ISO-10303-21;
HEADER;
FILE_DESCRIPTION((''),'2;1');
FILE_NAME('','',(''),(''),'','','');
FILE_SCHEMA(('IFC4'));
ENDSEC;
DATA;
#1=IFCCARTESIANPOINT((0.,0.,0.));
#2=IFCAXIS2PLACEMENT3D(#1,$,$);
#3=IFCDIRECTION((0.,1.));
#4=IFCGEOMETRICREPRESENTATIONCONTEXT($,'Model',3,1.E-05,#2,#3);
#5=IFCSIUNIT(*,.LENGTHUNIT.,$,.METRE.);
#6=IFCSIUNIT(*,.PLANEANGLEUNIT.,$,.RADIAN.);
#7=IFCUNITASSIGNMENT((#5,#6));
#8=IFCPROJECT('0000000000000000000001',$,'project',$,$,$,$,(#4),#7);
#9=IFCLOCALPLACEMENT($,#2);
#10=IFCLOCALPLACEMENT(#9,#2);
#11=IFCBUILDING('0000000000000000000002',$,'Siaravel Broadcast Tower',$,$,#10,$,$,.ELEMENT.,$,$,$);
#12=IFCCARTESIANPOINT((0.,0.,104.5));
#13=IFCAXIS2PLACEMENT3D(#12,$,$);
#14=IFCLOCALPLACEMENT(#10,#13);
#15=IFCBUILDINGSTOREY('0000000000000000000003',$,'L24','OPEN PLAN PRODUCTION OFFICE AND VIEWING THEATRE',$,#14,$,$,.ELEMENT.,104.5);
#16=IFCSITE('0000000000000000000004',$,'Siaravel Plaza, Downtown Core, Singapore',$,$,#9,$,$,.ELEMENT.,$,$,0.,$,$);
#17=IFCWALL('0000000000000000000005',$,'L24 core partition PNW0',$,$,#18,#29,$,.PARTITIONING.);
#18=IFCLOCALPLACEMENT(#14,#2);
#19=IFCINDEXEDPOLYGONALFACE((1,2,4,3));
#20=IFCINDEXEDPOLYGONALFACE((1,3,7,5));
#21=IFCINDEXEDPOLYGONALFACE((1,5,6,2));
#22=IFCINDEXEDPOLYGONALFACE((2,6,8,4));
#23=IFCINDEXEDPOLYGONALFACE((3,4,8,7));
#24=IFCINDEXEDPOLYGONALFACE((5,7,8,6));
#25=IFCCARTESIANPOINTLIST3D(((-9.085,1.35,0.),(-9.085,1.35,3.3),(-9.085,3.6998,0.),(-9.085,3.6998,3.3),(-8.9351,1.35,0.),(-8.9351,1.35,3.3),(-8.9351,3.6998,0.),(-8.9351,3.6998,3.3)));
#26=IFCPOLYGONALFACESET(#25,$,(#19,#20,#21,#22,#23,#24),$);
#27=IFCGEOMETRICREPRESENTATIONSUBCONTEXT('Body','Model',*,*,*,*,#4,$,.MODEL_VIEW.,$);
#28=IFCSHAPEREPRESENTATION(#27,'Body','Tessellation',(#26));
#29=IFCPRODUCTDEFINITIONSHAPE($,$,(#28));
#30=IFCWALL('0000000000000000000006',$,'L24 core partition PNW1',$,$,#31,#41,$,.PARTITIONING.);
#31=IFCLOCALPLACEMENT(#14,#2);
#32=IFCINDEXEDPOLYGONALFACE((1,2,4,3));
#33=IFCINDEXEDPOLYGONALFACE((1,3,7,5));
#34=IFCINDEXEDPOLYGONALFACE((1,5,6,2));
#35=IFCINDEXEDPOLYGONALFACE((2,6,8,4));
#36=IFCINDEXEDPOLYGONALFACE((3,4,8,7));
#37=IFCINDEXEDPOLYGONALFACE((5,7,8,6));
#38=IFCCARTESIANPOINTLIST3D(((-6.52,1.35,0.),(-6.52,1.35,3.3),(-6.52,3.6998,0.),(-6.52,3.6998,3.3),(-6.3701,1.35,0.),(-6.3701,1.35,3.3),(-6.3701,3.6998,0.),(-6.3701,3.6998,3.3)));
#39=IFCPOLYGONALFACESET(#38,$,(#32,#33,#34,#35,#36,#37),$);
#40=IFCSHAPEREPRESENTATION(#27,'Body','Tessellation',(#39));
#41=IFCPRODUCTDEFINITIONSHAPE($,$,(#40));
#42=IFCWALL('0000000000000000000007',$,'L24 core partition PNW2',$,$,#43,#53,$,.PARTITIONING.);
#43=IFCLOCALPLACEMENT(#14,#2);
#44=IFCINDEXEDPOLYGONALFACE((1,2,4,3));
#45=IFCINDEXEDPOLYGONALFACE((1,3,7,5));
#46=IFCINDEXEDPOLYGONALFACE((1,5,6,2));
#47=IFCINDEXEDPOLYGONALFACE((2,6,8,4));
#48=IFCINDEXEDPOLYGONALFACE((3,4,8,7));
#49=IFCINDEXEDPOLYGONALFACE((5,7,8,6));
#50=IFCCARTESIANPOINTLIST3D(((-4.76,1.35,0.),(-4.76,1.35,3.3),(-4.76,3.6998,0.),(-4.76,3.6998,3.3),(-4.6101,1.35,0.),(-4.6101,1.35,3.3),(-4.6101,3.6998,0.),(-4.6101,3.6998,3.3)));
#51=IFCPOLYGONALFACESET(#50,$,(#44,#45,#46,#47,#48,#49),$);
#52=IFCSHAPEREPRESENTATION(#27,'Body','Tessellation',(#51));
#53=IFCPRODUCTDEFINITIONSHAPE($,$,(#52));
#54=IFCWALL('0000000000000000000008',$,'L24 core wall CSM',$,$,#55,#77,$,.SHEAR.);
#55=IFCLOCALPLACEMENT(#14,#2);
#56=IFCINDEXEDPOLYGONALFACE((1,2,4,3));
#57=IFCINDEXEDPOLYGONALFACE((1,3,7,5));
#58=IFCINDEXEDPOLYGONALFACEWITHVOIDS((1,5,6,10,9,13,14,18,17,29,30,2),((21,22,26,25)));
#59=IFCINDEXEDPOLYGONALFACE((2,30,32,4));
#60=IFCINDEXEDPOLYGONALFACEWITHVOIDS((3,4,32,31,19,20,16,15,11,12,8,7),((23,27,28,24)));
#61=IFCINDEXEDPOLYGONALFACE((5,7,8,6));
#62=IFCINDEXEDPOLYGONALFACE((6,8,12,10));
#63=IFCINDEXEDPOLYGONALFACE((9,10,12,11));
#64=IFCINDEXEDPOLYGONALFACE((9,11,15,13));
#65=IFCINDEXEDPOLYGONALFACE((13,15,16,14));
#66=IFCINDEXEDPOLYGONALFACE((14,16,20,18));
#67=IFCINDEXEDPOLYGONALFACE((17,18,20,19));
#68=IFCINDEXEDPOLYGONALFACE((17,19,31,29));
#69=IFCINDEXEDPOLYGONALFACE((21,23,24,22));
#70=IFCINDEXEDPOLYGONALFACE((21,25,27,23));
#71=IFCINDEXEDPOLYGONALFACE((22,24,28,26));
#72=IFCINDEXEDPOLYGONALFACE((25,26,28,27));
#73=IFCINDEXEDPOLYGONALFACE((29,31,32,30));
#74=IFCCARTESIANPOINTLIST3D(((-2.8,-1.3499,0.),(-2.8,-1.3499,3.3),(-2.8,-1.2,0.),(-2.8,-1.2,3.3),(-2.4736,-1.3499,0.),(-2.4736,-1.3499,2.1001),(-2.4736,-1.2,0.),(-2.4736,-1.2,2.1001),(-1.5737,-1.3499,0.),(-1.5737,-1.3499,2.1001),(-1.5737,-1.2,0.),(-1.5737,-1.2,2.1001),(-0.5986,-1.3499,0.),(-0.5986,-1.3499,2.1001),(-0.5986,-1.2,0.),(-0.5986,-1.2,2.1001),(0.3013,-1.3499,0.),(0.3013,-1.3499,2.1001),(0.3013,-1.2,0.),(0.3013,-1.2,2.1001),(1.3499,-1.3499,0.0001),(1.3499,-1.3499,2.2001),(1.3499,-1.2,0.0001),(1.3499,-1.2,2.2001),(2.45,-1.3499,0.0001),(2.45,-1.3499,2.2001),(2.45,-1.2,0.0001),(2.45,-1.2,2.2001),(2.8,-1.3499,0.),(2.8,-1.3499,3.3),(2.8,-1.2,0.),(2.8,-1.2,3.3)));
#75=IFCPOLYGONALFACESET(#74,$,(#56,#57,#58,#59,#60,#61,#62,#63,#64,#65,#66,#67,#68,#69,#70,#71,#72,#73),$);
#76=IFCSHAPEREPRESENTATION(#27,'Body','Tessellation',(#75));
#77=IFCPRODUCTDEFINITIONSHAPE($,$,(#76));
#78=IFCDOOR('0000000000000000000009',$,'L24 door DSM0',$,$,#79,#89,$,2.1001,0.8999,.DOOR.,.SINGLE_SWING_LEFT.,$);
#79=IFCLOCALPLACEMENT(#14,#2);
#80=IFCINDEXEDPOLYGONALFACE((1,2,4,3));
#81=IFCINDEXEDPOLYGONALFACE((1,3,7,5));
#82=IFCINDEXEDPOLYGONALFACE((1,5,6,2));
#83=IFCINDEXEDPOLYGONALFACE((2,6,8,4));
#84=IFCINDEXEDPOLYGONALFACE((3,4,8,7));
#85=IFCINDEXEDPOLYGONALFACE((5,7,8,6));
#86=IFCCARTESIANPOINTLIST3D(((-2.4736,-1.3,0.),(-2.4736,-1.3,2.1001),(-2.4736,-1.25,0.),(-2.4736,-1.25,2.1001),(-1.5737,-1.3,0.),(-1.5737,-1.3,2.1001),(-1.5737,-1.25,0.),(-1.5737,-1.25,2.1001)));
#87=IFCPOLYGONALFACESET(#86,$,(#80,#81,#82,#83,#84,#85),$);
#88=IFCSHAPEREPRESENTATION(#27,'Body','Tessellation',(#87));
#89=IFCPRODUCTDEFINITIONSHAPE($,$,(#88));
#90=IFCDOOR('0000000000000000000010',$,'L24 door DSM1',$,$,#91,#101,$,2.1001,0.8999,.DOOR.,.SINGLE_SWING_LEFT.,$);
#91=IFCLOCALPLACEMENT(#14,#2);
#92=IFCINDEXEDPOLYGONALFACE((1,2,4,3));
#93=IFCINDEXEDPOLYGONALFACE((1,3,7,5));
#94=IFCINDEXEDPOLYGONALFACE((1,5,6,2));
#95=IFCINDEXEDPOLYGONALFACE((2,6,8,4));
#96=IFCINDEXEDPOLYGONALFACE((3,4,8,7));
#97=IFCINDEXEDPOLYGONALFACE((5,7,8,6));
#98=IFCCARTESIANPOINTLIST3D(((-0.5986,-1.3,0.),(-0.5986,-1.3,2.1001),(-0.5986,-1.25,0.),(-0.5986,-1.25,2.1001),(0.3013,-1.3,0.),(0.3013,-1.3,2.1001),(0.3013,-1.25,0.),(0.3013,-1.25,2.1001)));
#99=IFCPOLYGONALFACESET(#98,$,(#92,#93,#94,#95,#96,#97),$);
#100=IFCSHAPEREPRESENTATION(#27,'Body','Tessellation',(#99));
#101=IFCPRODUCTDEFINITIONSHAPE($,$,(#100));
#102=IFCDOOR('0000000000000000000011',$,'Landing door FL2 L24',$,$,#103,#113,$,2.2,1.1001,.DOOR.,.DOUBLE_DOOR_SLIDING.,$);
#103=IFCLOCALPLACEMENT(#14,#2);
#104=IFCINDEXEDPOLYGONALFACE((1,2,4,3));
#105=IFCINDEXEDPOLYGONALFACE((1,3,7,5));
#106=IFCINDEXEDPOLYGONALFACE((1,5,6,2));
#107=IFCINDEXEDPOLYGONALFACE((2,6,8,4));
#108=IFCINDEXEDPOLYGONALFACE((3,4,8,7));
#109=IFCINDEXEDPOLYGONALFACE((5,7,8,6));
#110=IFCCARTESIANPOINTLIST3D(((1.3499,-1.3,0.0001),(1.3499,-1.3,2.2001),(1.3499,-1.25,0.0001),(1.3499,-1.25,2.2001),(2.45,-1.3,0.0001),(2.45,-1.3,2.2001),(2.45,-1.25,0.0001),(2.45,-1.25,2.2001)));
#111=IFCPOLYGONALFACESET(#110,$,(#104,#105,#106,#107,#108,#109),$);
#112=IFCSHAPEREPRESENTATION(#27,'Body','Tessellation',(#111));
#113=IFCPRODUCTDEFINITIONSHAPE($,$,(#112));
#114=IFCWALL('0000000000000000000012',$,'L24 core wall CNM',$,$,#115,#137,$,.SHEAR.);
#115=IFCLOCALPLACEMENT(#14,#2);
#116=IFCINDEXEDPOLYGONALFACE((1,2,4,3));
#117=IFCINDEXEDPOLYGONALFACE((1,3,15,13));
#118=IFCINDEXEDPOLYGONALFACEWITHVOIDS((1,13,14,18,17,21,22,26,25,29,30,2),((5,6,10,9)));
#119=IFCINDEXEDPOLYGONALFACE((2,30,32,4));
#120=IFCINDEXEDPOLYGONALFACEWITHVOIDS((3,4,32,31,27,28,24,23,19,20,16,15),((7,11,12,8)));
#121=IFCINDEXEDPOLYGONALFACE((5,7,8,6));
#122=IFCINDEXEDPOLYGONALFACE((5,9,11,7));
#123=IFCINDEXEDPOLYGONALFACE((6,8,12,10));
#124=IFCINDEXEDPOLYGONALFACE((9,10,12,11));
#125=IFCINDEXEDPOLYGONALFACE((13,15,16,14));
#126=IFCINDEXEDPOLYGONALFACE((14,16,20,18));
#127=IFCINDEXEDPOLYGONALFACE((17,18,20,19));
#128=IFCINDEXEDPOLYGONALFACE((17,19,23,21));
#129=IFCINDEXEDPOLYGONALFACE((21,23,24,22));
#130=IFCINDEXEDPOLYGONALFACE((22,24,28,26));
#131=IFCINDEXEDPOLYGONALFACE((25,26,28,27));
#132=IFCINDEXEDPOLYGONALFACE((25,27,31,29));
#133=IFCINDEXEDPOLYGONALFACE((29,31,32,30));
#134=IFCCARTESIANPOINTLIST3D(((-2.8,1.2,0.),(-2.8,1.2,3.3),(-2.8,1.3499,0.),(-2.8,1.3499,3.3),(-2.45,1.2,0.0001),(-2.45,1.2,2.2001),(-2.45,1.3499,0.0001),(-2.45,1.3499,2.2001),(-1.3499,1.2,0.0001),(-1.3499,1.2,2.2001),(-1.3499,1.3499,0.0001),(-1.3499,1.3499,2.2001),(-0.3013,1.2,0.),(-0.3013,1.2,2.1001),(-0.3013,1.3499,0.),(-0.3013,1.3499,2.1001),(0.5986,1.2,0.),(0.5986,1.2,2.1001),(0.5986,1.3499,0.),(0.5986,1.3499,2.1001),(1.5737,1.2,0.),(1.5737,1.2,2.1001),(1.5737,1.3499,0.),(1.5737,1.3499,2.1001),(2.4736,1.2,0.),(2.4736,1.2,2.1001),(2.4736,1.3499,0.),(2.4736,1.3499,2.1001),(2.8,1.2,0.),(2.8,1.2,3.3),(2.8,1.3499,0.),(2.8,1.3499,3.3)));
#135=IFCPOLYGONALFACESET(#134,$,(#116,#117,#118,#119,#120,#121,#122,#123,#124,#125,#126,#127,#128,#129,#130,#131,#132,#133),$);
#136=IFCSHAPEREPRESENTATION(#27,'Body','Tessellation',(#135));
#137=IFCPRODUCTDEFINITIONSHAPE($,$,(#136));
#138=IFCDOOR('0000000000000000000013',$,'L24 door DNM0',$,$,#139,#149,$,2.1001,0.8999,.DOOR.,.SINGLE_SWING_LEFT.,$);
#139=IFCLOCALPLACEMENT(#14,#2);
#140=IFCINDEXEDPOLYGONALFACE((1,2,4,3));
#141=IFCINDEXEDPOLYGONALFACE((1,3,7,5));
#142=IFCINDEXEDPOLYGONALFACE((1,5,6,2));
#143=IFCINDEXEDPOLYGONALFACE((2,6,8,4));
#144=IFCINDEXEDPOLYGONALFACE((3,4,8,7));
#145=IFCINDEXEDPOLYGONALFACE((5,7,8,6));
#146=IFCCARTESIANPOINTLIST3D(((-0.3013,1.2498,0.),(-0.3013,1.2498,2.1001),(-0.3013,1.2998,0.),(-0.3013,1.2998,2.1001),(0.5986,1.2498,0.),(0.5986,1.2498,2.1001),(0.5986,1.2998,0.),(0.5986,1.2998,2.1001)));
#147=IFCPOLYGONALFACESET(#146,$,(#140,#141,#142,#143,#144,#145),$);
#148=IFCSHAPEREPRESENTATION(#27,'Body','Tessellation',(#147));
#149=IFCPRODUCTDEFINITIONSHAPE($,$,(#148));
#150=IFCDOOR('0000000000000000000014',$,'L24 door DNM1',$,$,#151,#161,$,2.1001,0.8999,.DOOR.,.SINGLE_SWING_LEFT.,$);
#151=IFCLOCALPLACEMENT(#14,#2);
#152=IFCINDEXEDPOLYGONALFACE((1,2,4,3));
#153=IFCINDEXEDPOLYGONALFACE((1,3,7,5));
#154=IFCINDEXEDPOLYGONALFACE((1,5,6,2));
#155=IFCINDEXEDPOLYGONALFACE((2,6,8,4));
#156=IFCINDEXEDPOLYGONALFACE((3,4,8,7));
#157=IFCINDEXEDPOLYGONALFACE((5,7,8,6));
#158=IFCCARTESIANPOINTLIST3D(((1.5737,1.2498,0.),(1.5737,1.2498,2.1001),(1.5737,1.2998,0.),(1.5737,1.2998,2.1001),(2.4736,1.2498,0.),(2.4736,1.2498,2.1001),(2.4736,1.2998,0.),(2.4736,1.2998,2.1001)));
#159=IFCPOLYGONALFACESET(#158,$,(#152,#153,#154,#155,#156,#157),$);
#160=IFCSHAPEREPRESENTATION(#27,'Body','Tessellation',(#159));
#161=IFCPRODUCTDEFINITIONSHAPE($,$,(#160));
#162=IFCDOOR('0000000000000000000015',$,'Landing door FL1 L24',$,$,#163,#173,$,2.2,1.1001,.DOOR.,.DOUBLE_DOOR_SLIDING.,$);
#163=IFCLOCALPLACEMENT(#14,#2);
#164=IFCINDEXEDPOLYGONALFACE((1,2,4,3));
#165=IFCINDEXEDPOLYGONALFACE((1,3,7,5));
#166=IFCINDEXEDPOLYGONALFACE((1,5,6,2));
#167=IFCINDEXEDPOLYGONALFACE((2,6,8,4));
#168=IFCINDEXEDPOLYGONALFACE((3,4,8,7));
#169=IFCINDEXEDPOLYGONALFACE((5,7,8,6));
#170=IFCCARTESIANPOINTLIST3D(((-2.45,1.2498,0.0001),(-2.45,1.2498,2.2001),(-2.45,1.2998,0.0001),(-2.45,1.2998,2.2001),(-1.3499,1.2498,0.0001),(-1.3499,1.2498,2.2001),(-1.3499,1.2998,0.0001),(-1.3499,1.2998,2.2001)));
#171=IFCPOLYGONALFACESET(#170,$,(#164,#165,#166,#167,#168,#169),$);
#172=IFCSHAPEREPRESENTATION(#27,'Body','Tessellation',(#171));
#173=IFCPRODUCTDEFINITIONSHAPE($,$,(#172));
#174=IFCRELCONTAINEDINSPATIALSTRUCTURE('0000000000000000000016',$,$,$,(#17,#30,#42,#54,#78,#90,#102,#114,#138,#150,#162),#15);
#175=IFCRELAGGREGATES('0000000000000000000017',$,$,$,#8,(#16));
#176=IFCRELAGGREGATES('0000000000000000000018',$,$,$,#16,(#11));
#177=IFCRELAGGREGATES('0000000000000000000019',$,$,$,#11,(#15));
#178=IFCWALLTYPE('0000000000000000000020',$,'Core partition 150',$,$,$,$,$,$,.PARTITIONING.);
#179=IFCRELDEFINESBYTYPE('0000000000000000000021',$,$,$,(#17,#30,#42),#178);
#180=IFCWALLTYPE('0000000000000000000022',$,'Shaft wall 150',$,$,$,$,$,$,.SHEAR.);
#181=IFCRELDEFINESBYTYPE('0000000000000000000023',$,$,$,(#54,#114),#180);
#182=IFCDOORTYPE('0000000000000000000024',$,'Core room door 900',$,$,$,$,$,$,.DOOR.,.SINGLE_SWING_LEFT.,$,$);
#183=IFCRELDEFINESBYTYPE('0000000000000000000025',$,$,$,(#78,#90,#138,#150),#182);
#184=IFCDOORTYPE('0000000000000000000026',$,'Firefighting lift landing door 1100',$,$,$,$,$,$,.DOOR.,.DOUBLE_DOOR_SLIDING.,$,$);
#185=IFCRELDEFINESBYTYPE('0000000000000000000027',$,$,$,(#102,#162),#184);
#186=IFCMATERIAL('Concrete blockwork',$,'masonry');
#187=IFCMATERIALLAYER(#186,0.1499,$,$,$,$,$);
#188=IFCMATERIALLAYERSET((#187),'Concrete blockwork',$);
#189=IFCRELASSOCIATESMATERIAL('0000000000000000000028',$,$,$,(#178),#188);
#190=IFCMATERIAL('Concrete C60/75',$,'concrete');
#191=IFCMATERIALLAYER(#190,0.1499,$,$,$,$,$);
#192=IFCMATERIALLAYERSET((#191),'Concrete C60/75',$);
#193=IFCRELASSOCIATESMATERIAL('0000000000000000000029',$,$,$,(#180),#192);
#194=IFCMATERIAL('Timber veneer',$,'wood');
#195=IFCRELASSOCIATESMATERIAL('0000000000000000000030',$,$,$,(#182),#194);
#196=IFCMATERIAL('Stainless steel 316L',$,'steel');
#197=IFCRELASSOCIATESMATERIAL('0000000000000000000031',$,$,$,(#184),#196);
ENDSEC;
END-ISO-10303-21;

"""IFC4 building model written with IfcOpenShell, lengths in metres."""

from ifc_helpers import new_model, si_unit, direction, frame, frame_2d, origin, place, context, subcontext, project, spatial, rectangle, extrude, material, layer, layer_set, type_object, element, fill, save


model = new_model("IFC4")

# Units and contexts
model_context = context("Model", 3, precision=1e-05, world=origin(), true_north=direction((0.0, 1.0)))
body_context = subcontext(model_context, "Body", "Model", "MODEL_VIEW")
ifc_project = project(units=[si_unit("LENGTHUNIT", "METRE"), si_unit("PLANEANGLEUNIT", "RADIAN")], contexts=[model_context])

# Site, building, storey
site_placement = place(None, origin())
site = spatial("IfcSite", under=ifc_project, at=site_placement, Name="Siaravel Plaza, Downtown Core, Singapore", CompositionType="ELEMENT", RefElevation=0.0)
building_placement = place(site_placement, origin())
building = spatial("IfcBuilding", under=site, at=building_placement, Name="Siaravel Broadcast Tower", CompositionType="ELEMENT")
storey_placement = place(building_placement, frame((0.0, 0.0, 104.5)))
storey = spatial("IfcBuildingStorey", under=building, at=storey_placement, Name="L24", Description="OPEN PLAN PRODUCTION OFFICE AND VIEWING THEATRE", CompositionType="ELEMENT", Elevation=104.5)

# Walls
ifc_material_1 = material(Name="Concrete blockwork", Category="masonry")
ifc_layer_1 = layer(ifc_material_1, 0.1499)
ifc_layer_set_1 = layer_set([ifc_layer_1], Name="Concrete blockwork")
wall_type_1 = type_object("IfcWallType", Name="Core partition 150", PredefinedType="PARTITIONING", material=ifc_layer_set_1)
for number, where, z_axis, x_axis, name in (
    (1, (-9.01, 1.3501, 0.0), (0.0, 0.0, 1.0), (0.0, 1.0, 0.0), "L24 core partition PNW0"),
    (2, (-6.4451, 1.3501, 0.0), (0.0, 0.0, 1.0), (0.0, 1.0, 0.0), "L24 core partition PNW1"),
    (3, (-4.6851, 1.3501, 0.0), (0.0, 0.0, 1.0), (0.0, 1.0, 0.0), "L24 core partition PNW2"),
):
    element("IfcWall", number, at=place(storey_placement, frame(where, z_axis=z_axis, x_axis=x_axis)), inside=storey, type_object=wall_type_1, Name=name, PredefinedType="PARTITIONING", context=body_context, shape_type="SweptSolid", body=[
        extrude(rectangle(XDim=2.3499, YDim=0.1499, at=frame_2d((1.1748, 0.0))), origin(), (0.0, 0.0, 1.0), 3.3),
    ])

# Walls, openings, doors
ifc_material_2 = material(Name="Concrete C60/75", Category="concrete")
ifc_layer_2 = layer(ifc_material_2, 0.1499)
ifc_layer_set_2 = layer_set([ifc_layer_2], Name="Concrete C60/75")
wall_type_2 = type_object("IfcWallType", Name="Shaft wall 150", PredefinedType="SHEAR", material=ifc_layer_set_2)
wall_1_placement = place(storey_placement, frame((-2.8, -1.2749, 0.0), z_axis=(0.0, 0.0, 1.0), x_axis=(1.0, 0.0, 0.0)))
wall_1 = element("IfcWall", 4, at=wall_1_placement, inside=storey, type_object=wall_type_2, Name="L24 core wall CSM", PredefinedType="SHEAR", context=body_context, shape_type="SweptSolid", body=[
    extrude(rectangle(XDim=5.6001, YDim=0.1499, at=frame_2d((2.8, 0.0))), origin(), (0.0, 0.0, 1.0), 3.3),
])
opening_1_placement = place(wall_1_placement, frame((4.1499, 0.0, 0.0)))
opening_1 = element("IfcOpeningElement", 5, at=opening_1_placement, cuts=wall_1, PredefinedType="OPENING", context=body_context, shape_type="SweptSolid", body=[
    extrude(rectangle(XDim=1.1001, YDim=2.2, at=frame_2d((0.55, 1.1001))), frame((0.0, 0.085, 0.0), z_axis=(0.0, -1.0, 0.0), x_axis=(1.0, 0.0, 0.0)), (0.0, 0.0, 1.0), 0.1699),
])
opening_2_placement = place(wall_1_placement, frame((0.3264, 0.0, 0.0)))
opening_2 = element("IfcOpeningElement", 6, at=opening_2_placement, cuts=wall_1, PredefinedType="OPENING", context=body_context, shape_type="SweptSolid", body=[
    extrude(rectangle(XDim=0.8999, YDim=2.1001, at=frame_2d((0.45, 1.05))), frame((0.0, 0.085, 0.0), z_axis=(0.0, -1.0, 0.0), x_axis=(1.0, 0.0, 0.0)), (0.0, 0.0, 1.0), 0.1699),
])
opening_3_placement = place(wall_1_placement, frame((2.2014, 0.0, 0.0)))
opening_3 = element("IfcOpeningElement", 7, at=opening_3_placement, cuts=wall_1, PredefinedType="OPENING", context=body_context, shape_type="SweptSolid", body=[
    extrude(rectangle(XDim=0.8999, YDim=2.1001, at=frame_2d((0.45, 1.05))), frame((0.0, 0.085, 0.0), z_axis=(0.0, -1.0, 0.0), x_axis=(1.0, 0.0, 0.0)), (0.0, 0.0, 1.0), 0.1699),
])
ifc_material_3 = material(Name="Timber veneer", Category="wood")
door_type_1 = type_object("IfcDoorType", Name="Core room door 900", OperationType="SINGLE_SWING_LEFT", PredefinedType="DOOR", material=ifc_material_3)
door_1_placement = place(opening_2_placement, origin())
door_1 = element("IfcDoor", 8, at=door_1_placement, inside=storey, type_object=door_type_1, Name="L24 door DSM0", OperationType="SINGLE_SWING_LEFT", OverallHeight=2.1001, OverallWidth=0.8999, PredefinedType="DOOR", context=body_context, shape_type="SweptSolid", body=[
    extrude(rectangle(XDim=0.8999, YDim=2.1001, at=frame_2d((0.45, 1.05))), frame((0.0, 0.0249, 0.0), z_axis=(0.0, -1.0, 0.0), x_axis=(1.0, 0.0, 0.0)), (0.0, 0.0, 1.0), 0.05),
])
fill(opening_2, door_1)
door_2_placement = place(opening_3_placement, origin())
door_2 = element("IfcDoor", 9, at=door_2_placement, inside=storey, type_object=door_type_1, Name="L24 door DSM1", OperationType="SINGLE_SWING_LEFT", OverallHeight=2.1001, OverallWidth=0.8999, PredefinedType="DOOR", context=body_context, shape_type="SweptSolid", body=[
    extrude(rectangle(XDim=0.8999, YDim=2.1001, at=frame_2d((0.45, 1.05))), frame((0.0, 0.0249, 0.0), z_axis=(0.0, -1.0, 0.0), x_axis=(1.0, 0.0, 0.0)), (0.0, 0.0, 1.0), 0.05),
])
fill(opening_3, door_2)
ifc_material_4 = material(Name="Stainless steel 316L", Category="steel")
door_type_2 = type_object("IfcDoorType", Name="Firefighting lift landing door 1100", OperationType="DOUBLE_DOOR_SLIDING", PredefinedType="DOOR", material=ifc_material_4)
door_3_placement = place(opening_1_placement, origin())
door_3 = element("IfcDoor", 10, at=door_3_placement, inside=storey, type_object=door_type_2, Name="Landing door FL2 L24", OperationType="DOUBLE_DOOR_SLIDING", OverallHeight=2.2, OverallWidth=1.1001, PredefinedType="DOOR", context=body_context, shape_type="SweptSolid", body=[
    extrude(rectangle(XDim=1.1001, YDim=2.2, at=frame_2d((0.55, 1.1001))), frame((0.0, 0.0249, 0.0), z_axis=(0.0, -1.0, 0.0), x_axis=(1.0, 0.0, 0.0)), (0.0, 0.0, 1.0), 0.05),
])
fill(opening_1, door_3)
wall_2_placement = place(storey_placement, frame((-2.8, 1.2749, 0.0), z_axis=(0.0, 0.0, 1.0), x_axis=(1.0, 0.0, 0.0)))
wall_2 = element("IfcWall", 11, at=wall_2_placement, inside=storey, type_object=wall_type_2, Name="L24 core wall CNM", PredefinedType="SHEAR", context=body_context, shape_type="SweptSolid", body=[
    extrude(rectangle(XDim=5.6001, YDim=0.1499, at=frame_2d((2.8, 0.0))), origin(), (0.0, 0.0, 1.0), 3.3),
])
opening_4_placement = place(wall_2_placement, frame((0.3501, 0.0, 0.0)))
opening_4 = element("IfcOpeningElement", 12, at=opening_4_placement, cuts=wall_2, PredefinedType="OPENING", context=body_context, shape_type="SweptSolid", body=[
    extrude(rectangle(XDim=1.1001, YDim=2.2, at=frame_2d((0.55, 1.1001))), frame((0.0, 0.085, 0.0), z_axis=(0.0, -1.0, 0.0), x_axis=(1.0, 0.0, 0.0)), (0.0, 0.0, 1.0), 0.1699),
])
opening_5_placement = place(wall_2_placement, frame((2.4988, 0.0, 0.0)))
opening_5 = element("IfcOpeningElement", 13, at=opening_5_placement, cuts=wall_2, PredefinedType="OPENING", context=body_context, shape_type="SweptSolid", body=[
    extrude(rectangle(XDim=0.8999, YDim=2.1001, at=frame_2d((0.45, 1.05))), frame((0.0, 0.085, 0.0), z_axis=(0.0, -1.0, 0.0), x_axis=(1.0, 0.0, 0.0)), (0.0, 0.0, 1.0), 0.1699),
])
opening_6_placement = place(wall_2_placement, frame((4.3738, 0.0, 0.0)))
opening_6 = element("IfcOpeningElement", 14, at=opening_6_placement, cuts=wall_2, PredefinedType="OPENING", context=body_context, shape_type="SweptSolid", body=[
    extrude(rectangle(XDim=0.8999, YDim=2.1001, at=frame_2d((0.45, 1.05))), frame((0.0, 0.085, 0.0), z_axis=(0.0, -1.0, 0.0), x_axis=(1.0, 0.0, 0.0)), (0.0, 0.0, 1.0), 0.1699),
])
door_4_placement = place(opening_5_placement, origin())
door_4 = element("IfcDoor", 15, at=door_4_placement, inside=storey, type_object=door_type_1, Name="L24 door DNM0", OperationType="SINGLE_SWING_LEFT", OverallHeight=2.1001, OverallWidth=0.8999, PredefinedType="DOOR", context=body_context, shape_type="SweptSolid", body=[
    extrude(rectangle(XDim=0.8999, YDim=2.1001, at=frame_2d((0.45, 1.05))), frame((0.0, 0.0249, 0.0), z_axis=(0.0, -1.0, 0.0), x_axis=(1.0, 0.0, 0.0)), (0.0, 0.0, 1.0), 0.05),
])
fill(opening_5, door_4)
door_5_placement = place(opening_6_placement, origin())
door_5 = element("IfcDoor", 16, at=door_5_placement, inside=storey, type_object=door_type_1, Name="L24 door DNM1", OperationType="SINGLE_SWING_LEFT", OverallHeight=2.1001, OverallWidth=0.8999, PredefinedType="DOOR", context=body_context, shape_type="SweptSolid", body=[
    extrude(rectangle(XDim=0.8999, YDim=2.1001, at=frame_2d((0.45, 1.05))), frame((0.0, 0.0249, 0.0), z_axis=(0.0, -1.0, 0.0), x_axis=(1.0, 0.0, 0.0)), (0.0, 0.0, 1.0), 0.05),
])
fill(opening_6, door_5)
door_6_placement = place(opening_4_placement, origin())
door_6 = element("IfcDoor", 17, at=door_6_placement, inside=storey, type_object=door_type_2, Name="Landing door FL1 L24", OperationType="DOUBLE_DOOR_SLIDING", OverallHeight=2.2, OverallWidth=1.1001, PredefinedType="DOOR", context=body_context, shape_type="SweptSolid", body=[
    extrude(rectangle(XDim=1.1001, YDim=2.2, at=frame_2d((0.55, 1.1001))), frame((0.0, 0.0249, 0.0), z_axis=(0.0, -1.0, 0.0), x_axis=(1.0, 0.0, 0.0)), (0.0, 0.0, 1.0), 0.05),
])
fill(opening_4, door_6)

save(model, "model.ifc")
